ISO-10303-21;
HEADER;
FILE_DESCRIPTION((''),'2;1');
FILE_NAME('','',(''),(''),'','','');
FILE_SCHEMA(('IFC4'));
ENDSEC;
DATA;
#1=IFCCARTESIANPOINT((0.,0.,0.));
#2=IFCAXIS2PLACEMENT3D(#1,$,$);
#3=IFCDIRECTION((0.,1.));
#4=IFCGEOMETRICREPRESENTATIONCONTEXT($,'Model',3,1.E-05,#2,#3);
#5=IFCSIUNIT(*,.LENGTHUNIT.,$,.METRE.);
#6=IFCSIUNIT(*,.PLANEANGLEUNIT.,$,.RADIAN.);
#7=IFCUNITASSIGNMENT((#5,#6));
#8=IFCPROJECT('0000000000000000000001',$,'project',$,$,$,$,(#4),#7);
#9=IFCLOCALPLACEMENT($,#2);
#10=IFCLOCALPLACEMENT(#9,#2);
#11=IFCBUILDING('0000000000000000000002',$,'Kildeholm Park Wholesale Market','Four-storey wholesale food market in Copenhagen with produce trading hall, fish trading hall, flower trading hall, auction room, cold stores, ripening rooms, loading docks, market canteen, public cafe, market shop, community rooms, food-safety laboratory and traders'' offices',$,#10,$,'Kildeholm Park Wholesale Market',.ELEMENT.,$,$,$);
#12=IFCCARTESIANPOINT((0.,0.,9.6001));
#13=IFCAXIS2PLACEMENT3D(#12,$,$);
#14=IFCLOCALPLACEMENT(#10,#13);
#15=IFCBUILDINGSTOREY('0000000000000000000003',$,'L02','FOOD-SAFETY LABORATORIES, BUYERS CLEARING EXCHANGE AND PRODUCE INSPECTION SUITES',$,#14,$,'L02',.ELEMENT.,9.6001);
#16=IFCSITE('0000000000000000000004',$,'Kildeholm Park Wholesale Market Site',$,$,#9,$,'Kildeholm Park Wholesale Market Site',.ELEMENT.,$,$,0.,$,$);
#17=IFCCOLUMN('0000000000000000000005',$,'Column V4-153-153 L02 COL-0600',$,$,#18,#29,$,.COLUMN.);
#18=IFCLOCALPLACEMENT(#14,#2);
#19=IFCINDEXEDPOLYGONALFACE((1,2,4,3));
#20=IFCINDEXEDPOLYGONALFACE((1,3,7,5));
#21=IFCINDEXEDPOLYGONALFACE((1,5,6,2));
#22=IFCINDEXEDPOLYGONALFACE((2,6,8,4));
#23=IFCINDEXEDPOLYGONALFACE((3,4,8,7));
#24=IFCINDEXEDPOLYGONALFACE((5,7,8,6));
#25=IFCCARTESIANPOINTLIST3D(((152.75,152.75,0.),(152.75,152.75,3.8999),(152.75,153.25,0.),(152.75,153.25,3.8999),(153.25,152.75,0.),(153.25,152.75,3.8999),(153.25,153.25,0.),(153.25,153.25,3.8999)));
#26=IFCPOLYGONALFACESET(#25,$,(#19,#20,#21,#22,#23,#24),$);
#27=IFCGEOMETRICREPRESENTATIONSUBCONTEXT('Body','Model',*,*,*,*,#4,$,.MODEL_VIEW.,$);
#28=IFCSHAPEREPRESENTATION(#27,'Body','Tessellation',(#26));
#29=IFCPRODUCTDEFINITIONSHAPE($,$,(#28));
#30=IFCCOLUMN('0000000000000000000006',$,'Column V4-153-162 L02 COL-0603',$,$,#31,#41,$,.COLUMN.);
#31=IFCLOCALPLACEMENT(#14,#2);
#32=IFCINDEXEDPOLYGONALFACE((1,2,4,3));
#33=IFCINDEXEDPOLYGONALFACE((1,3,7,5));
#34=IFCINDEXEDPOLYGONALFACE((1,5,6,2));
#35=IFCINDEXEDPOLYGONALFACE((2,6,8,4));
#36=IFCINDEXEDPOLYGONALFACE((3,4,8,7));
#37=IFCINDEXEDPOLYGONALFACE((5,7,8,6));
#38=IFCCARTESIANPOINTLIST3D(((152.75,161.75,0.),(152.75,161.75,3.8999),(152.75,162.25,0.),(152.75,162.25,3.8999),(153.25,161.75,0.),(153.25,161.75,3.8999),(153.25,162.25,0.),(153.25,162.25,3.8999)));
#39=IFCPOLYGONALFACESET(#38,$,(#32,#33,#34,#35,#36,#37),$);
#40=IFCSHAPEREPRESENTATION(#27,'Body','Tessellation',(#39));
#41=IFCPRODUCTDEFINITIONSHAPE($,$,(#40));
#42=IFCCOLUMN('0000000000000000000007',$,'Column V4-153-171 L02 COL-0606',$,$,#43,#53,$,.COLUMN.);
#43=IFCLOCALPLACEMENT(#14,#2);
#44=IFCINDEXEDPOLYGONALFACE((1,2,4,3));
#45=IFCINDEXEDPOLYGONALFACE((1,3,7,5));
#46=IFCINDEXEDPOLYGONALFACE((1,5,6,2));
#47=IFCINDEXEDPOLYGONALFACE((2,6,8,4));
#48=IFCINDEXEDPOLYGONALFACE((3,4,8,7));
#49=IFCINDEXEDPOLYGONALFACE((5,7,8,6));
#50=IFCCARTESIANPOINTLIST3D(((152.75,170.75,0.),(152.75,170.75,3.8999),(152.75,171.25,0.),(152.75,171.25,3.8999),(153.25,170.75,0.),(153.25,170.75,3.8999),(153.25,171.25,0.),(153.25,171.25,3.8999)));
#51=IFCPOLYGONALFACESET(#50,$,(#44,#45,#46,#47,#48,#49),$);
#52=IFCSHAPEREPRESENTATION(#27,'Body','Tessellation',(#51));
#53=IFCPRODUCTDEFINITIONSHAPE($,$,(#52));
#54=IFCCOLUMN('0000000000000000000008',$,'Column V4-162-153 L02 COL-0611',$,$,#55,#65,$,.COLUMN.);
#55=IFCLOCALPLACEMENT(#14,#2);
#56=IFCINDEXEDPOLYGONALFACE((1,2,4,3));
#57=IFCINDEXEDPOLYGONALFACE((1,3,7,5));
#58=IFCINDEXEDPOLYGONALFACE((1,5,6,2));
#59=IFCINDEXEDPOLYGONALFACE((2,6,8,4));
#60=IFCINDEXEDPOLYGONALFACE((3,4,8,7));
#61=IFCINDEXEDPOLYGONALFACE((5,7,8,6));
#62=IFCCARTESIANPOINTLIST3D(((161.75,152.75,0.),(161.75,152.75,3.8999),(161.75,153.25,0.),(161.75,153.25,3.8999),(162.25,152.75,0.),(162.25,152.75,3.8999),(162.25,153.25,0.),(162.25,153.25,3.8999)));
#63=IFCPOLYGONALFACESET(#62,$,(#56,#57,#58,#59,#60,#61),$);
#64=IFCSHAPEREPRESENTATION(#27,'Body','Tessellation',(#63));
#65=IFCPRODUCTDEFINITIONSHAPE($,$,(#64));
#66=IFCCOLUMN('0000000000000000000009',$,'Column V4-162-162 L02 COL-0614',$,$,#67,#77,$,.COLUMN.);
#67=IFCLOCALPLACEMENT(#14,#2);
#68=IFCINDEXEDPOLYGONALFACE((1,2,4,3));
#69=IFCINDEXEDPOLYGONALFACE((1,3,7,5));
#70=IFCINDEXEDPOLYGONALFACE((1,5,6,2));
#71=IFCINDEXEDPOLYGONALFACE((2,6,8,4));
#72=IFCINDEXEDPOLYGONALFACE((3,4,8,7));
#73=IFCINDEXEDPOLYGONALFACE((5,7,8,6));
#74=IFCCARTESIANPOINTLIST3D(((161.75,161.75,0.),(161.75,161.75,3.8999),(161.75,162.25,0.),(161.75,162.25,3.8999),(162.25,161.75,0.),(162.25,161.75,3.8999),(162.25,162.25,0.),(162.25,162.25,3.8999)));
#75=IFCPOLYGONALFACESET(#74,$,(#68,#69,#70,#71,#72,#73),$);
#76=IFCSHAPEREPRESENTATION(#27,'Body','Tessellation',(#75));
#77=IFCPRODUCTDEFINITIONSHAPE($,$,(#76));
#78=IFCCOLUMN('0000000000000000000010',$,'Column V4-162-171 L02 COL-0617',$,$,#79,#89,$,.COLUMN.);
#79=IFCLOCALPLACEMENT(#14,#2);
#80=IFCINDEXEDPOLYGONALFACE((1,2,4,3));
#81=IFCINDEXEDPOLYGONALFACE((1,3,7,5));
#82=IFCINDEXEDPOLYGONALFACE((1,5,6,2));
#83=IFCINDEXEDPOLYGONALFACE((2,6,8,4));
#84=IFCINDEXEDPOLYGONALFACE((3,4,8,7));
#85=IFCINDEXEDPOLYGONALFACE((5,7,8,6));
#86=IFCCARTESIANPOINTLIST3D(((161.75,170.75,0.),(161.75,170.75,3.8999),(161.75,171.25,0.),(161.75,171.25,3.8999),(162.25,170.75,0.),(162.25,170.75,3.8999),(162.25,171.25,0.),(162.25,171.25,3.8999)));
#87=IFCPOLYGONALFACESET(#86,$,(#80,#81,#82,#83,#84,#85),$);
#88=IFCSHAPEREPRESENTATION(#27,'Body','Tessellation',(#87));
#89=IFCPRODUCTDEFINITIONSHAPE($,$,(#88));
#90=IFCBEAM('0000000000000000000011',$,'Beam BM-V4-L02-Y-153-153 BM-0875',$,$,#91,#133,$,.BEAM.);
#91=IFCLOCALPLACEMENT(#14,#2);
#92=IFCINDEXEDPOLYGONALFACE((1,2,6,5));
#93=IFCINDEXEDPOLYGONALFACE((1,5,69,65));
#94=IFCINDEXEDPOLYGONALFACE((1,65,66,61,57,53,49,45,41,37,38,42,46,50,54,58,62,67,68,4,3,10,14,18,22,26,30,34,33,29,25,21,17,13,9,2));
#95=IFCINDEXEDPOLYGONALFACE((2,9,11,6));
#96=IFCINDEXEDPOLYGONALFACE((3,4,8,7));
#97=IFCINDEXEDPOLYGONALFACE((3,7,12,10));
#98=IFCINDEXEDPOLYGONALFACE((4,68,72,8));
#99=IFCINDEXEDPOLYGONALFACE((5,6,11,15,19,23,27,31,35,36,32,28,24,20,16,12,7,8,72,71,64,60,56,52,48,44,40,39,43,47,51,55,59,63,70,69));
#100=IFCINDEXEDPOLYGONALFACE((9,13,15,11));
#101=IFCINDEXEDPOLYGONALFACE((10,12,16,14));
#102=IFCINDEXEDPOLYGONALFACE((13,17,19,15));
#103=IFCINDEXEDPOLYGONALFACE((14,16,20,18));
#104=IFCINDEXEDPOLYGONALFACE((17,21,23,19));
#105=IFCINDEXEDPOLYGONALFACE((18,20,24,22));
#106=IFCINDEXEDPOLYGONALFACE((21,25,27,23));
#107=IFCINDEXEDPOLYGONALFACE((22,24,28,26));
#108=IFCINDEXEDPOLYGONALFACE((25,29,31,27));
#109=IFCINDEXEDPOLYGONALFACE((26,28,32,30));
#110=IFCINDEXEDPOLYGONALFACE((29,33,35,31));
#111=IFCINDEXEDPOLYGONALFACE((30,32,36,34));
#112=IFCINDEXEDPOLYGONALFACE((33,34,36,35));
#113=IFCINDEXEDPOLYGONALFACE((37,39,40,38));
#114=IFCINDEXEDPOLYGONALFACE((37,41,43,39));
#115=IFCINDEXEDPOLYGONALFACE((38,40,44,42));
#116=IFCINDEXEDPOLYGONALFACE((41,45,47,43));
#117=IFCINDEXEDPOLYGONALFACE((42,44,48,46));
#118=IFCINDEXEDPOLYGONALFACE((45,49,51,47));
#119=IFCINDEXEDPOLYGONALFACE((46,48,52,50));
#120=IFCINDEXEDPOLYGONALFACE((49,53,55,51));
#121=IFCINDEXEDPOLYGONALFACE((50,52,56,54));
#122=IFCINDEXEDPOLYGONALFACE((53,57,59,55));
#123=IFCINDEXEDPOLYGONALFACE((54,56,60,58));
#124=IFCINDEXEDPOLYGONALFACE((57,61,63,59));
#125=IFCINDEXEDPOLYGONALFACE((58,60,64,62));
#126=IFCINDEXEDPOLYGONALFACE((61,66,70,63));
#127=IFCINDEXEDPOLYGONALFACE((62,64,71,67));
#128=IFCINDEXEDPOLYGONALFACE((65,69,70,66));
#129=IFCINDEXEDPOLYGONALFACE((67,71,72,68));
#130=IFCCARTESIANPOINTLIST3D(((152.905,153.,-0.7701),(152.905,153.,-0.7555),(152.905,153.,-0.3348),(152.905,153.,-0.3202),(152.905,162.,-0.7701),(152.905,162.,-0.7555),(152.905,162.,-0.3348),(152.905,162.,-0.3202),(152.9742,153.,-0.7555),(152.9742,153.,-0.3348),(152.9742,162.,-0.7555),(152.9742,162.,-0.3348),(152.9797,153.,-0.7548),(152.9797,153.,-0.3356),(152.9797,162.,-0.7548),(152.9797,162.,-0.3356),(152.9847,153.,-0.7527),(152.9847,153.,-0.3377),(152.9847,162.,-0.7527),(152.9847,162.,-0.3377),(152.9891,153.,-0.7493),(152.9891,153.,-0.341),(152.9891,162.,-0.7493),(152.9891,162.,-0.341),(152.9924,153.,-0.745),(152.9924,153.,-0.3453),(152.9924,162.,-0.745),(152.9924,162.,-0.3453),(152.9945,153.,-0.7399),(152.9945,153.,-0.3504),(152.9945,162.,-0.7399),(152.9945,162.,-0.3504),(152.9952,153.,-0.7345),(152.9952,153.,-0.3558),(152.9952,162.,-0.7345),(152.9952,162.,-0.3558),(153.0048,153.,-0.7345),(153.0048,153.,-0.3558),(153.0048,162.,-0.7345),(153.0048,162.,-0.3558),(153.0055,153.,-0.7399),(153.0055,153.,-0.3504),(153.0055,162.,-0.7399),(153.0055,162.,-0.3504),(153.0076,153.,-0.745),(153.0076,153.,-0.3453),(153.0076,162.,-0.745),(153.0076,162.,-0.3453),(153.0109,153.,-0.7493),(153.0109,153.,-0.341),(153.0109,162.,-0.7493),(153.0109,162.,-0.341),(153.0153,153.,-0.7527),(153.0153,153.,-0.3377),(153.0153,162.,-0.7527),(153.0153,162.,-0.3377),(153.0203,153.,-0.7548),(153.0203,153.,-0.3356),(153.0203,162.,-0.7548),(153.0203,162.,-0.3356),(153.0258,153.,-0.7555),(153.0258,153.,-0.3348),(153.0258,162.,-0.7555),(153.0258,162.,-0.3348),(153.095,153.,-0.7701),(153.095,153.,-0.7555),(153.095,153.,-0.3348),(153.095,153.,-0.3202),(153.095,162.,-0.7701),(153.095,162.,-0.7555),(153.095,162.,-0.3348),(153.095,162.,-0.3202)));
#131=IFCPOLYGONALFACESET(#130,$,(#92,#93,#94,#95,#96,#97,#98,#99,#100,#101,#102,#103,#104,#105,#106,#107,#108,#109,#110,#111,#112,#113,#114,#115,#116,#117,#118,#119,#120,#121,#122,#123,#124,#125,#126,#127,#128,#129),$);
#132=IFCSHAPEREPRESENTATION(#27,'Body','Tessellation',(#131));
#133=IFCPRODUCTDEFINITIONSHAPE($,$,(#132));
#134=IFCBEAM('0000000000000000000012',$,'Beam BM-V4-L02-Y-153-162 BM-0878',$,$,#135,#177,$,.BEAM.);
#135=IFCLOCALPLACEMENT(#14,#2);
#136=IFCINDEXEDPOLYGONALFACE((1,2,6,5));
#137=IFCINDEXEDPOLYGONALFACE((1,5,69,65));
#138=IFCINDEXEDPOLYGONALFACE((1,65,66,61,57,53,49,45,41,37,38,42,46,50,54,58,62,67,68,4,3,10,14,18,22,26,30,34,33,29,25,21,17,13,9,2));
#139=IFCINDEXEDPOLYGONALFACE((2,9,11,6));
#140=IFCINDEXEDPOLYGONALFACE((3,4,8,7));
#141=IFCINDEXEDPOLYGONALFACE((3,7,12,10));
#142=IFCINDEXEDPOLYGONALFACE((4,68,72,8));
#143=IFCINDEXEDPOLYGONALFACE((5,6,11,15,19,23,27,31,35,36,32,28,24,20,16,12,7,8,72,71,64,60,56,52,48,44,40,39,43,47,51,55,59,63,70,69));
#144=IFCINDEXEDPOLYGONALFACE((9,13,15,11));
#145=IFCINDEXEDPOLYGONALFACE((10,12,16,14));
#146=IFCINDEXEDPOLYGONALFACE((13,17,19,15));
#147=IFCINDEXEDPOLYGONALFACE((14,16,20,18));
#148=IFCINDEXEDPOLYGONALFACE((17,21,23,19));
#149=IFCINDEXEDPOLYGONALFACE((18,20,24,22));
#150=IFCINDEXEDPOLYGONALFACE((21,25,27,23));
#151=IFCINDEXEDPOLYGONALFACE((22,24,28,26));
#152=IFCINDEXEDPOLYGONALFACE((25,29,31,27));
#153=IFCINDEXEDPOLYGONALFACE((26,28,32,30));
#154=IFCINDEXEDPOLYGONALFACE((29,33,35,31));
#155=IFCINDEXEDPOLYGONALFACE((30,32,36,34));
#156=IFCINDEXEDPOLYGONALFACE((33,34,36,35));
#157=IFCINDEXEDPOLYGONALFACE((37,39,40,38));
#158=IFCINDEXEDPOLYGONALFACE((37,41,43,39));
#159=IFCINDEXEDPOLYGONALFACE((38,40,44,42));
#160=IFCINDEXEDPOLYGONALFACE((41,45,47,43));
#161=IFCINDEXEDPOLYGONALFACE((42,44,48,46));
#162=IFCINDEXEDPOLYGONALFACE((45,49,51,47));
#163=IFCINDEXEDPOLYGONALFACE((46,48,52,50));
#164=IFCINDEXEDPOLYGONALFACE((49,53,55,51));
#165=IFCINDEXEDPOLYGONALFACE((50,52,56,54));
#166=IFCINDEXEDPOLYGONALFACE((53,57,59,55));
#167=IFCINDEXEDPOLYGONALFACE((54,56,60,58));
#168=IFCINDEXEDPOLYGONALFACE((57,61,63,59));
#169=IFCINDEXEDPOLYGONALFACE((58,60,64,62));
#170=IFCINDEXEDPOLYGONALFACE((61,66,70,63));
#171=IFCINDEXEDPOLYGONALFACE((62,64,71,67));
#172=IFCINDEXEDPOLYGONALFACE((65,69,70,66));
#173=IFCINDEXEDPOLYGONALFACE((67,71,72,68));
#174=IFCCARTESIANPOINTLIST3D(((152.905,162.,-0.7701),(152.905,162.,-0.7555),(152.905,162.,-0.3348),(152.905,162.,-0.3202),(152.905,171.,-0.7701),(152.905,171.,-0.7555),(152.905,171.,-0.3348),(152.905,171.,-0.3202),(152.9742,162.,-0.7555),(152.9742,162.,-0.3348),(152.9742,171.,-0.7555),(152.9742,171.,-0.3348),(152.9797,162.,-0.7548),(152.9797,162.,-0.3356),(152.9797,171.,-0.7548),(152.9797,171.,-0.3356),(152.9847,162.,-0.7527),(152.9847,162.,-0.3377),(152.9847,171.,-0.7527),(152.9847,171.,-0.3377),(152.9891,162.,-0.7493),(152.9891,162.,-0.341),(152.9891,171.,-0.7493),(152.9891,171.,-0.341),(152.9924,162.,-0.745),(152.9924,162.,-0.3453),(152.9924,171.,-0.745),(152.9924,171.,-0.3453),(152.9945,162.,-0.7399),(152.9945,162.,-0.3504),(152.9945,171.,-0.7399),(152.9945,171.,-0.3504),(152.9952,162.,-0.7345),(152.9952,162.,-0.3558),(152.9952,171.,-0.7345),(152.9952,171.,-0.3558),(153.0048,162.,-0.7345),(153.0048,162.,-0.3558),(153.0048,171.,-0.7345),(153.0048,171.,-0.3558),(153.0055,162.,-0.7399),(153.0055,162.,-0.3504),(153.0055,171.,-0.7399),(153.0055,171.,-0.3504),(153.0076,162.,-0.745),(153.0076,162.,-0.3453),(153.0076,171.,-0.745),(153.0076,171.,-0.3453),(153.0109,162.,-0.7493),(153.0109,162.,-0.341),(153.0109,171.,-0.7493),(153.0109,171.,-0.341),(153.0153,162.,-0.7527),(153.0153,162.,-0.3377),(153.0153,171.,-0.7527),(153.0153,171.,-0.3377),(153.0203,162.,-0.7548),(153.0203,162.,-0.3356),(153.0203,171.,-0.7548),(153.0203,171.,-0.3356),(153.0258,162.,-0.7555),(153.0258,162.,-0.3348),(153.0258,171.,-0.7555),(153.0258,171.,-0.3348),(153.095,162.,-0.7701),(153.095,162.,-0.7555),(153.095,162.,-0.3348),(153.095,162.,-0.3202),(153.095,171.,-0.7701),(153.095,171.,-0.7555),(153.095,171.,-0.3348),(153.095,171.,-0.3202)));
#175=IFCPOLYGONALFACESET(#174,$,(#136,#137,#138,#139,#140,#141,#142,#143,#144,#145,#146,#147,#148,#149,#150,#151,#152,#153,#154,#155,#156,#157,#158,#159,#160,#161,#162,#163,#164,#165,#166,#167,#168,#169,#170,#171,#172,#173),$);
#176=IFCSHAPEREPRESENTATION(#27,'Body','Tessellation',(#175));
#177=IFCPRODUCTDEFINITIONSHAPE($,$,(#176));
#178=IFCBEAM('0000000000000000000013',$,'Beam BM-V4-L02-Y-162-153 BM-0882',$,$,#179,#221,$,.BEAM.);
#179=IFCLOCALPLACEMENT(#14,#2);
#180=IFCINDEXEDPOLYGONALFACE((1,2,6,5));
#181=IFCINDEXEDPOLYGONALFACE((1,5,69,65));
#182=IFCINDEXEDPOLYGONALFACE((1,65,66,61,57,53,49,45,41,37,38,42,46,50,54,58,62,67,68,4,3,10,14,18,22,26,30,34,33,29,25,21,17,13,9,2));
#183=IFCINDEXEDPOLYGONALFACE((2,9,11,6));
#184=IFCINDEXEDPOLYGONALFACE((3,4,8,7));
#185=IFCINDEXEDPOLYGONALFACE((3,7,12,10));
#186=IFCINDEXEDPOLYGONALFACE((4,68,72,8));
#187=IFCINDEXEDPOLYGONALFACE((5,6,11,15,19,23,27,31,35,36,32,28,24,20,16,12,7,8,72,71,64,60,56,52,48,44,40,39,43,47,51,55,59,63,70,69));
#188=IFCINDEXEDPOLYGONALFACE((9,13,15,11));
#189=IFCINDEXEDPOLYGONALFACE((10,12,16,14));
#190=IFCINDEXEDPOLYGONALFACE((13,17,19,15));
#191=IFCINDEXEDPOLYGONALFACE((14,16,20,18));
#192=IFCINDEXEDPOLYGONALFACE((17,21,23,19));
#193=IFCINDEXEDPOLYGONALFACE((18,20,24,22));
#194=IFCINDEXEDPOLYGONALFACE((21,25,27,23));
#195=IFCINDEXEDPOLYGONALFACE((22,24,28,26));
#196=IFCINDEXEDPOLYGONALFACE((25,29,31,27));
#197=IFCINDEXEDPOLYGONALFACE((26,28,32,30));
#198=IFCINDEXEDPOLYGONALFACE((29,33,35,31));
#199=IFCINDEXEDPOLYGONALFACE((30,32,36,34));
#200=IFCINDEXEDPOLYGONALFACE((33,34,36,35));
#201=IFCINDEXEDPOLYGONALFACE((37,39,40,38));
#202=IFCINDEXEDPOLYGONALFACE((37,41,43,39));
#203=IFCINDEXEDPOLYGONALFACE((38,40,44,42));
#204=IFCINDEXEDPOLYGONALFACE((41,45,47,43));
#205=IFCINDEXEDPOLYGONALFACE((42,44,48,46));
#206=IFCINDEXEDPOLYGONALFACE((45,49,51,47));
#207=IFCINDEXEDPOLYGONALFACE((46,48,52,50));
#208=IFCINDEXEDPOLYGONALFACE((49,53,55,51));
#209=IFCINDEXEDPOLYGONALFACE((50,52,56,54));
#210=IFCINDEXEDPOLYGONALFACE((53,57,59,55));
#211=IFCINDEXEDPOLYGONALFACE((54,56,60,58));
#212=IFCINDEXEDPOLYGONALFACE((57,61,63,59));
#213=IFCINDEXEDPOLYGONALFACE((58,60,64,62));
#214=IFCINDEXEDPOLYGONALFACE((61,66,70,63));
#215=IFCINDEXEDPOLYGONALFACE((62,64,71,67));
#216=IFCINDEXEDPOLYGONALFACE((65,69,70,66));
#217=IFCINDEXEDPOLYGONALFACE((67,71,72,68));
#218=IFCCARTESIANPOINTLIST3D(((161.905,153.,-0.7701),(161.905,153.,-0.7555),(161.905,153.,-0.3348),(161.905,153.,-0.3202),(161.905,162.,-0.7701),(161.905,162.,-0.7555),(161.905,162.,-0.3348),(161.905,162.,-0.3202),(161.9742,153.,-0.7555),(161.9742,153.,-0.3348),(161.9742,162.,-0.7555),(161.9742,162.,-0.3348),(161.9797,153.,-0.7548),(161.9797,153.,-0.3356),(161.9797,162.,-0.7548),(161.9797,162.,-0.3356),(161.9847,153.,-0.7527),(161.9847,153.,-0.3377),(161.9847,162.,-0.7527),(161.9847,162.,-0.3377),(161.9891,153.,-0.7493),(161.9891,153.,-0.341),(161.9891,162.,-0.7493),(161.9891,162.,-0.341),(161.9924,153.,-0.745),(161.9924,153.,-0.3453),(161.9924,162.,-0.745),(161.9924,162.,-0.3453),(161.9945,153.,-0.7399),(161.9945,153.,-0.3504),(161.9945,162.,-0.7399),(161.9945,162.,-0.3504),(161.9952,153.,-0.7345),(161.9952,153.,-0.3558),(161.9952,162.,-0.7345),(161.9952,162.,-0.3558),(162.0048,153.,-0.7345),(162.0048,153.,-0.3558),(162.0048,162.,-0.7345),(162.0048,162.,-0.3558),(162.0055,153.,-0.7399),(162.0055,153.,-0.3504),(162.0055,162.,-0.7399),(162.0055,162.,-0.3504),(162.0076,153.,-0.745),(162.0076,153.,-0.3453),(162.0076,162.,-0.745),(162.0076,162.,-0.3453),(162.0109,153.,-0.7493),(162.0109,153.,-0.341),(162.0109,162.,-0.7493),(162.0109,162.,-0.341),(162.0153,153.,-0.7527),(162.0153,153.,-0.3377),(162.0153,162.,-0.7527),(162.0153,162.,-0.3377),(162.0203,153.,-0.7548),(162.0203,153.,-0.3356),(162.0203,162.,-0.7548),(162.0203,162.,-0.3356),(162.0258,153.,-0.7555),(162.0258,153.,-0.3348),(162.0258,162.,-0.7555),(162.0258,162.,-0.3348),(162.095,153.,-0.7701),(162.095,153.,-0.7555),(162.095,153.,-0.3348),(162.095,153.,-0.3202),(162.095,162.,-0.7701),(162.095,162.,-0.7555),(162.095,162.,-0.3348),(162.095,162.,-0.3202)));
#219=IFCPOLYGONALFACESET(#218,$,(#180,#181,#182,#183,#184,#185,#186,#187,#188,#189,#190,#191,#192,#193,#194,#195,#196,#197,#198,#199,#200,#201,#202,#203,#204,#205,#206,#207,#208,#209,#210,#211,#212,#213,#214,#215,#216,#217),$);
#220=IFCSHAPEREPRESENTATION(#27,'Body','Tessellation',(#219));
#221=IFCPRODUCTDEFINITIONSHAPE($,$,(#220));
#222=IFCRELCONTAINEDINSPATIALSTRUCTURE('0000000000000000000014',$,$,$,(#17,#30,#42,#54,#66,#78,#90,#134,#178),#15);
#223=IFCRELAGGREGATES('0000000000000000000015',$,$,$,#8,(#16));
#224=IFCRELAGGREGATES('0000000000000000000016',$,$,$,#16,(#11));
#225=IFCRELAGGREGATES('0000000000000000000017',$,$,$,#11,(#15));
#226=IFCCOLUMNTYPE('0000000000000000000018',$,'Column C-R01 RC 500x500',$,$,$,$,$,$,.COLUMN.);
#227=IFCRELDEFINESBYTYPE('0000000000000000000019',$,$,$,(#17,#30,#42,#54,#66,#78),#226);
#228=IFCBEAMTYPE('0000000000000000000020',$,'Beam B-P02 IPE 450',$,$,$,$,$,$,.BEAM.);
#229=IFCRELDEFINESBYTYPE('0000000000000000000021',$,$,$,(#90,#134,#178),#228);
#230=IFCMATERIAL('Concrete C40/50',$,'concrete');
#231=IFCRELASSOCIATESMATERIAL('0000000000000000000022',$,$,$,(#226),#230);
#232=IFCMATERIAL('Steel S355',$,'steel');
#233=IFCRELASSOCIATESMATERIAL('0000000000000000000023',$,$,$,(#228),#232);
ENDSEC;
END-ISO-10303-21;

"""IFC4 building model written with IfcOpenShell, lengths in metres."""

from ifc_helpers import new_model, si_unit, direction, frame, origin, origin_2d, place, context, subcontext, project, spatial, rectangle, i_section, extrude, material, material_profile, profile_set, type_object, element, save


model = new_model("IFC4")

# Units and contexts
model_context = context("Model", 3, precision=1e-05, world=origin(), true_north=direction((0.0, 1.0)))
body_context = subcontext(model_context, "Body", "Model", "MODEL_VIEW")
ifc_project = project(units=[si_unit("LENGTHUNIT", "METRE"), si_unit("PLANEANGLEUNIT", "RADIAN")], contexts=[model_context])

# Site, building, storey
site_placement = place(None, origin())
site = spatial("IfcSite", under=ifc_project, at=site_placement, Name="Kildeholm Park Wholesale Market Site", LongName="Kildeholm Park Wholesale Market Site", CompositionType="ELEMENT", RefElevation=0.0)
building_placement = place(site_placement, origin())
building = spatial("IfcBuilding", under=site, at=building_placement, Name="Kildeholm Park Wholesale Market", Description="Four-storey wholesale food market in Copenhagen with produce trading hall, fish trading hall, flower trading hall, auction room, cold stores, ripening rooms, loading docks, market canteen, public cafe, market shop, community rooms, food-safety laboratory and traders' offices", LongName="Kildeholm Park Wholesale Market", CompositionType="ELEMENT")
storey_placement = place(building_placement, frame((0.0, 0.0, 9.6001)))
storey = spatial("IfcBuildingStorey", under=building, at=storey_placement, Name="L02", Description="FOOD-SAFETY LABORATORIES, BUYERS CLEARING EXCHANGE AND PRODUCE INSPECTION SUITES", LongName="L02", CompositionType="ELEMENT", Elevation=9.6001)

# Columns
ifc_material_1 = material(Name="Concrete C40/50", Category="concrete")
ifc_material_profile_1 = material_profile(ifc_material_1, rectangle(XDim=0.5, YDim=0.5, at=origin_2d()), Name="RC 500x500")
ifc_profile_set_1 = profile_set([ifc_material_profile_1], Name="Concrete C40/50")
column_type = type_object("IfcColumnType", Name="Column C-R01 RC 500x500", PredefinedType="COLUMN", material=ifc_profile_set_1)
for number, where, z_axis, x_axis, name in (
    (1, (153.0, 153.0, 0.0), (0.0, 0.0, 1.0), (1.0, 0.0, 0.0), "Column V4-153-153 L02 COL-0600"),
    (2, (153.0, 162.0, 0.0), (0.0, 0.0, 1.0), (1.0, 0.0, 0.0), "Column V4-153-162 L02 COL-0603"),
    (3, (153.0, 171.0, 0.0), (0.0, 0.0, 1.0), (1.0, 0.0, 0.0), "Column V4-153-171 L02 COL-0606"),
    (4, (162.0, 153.0, 0.0), (0.0, 0.0, 1.0), (1.0, 0.0, 0.0), "Column V4-162-153 L02 COL-0611"),
    (5, (162.0, 162.0, 0.0), (0.0, 0.0, 1.0), (1.0, 0.0, 0.0), "Column V4-162-162 L02 COL-0614"),
    (6, (162.0, 171.0, 0.0), (0.0, 0.0, 1.0), (1.0, 0.0, 0.0), "Column V4-162-171 L02 COL-0617"),
):
    element("IfcColumn", number, at=place(storey_placement, frame(where, z_axis=z_axis, x_axis=x_axis)), inside=storey, type_object=column_type, Name=name, PredefinedType="COLUMN", context=body_context, shape_type="SweptSolid", body=[
        extrude(rectangle(XDim=0.5, YDim=0.5, at=origin_2d()), origin(), (0.0, 0.0, 1.0), 3.8999),
    ])

# Beams
ifc_material_2 = material(Name="Steel S355", Category="steel")
ifc_material_profile_2 = material_profile(ifc_material_2, i_section(OverallWidth=0.1899, OverallDepth=0.45, WebThickness=0.0095, FlangeThickness=0.0146, FilletRadius=0.021, at=origin_2d()), Name="IPE 450")
ifc_profile_set_2 = profile_set([ifc_material_profile_2], Name="Steel S355")
beam_type_1 = type_object("IfcBeamType", Name="Beam B-P02 IPE 450", PredefinedType="BEAM", material=ifc_profile_set_2)
for number, where, z_axis, x_axis, name in (
    (7, (153.0, 153.0, -0.5452), (0.0, 1.0, 0.0), (-1.0, 0.0, 0.0), "Beam BM-V4-L02-Y-153-153 BM-0875"),
    (8, (153.0, 162.0, -0.5452), (0.0, 1.0, 0.0), (-1.0, 0.0, 0.0), "Beam BM-V4-L02-Y-153-162 BM-0878"),
    (9, (162.0, 153.0, -0.5452), (0.0, 1.0, 0.0), (-1.0, 0.0, 0.0), "Beam BM-V4-L02-Y-162-153 BM-0882"),
):
    element("IfcBeam", number, at=place(storey_placement, frame(where, z_axis=z_axis, x_axis=x_axis)), inside=storey, type_object=beam_type_1, Name=name, PredefinedType="BEAM", context=body_context, shape_type="SweptSolid", body=[
        extrude(i_section(OverallWidth=0.1899, OverallDepth=0.45, WebThickness=0.0095, FlangeThickness=0.0146, FilletRadius=0.021, at=origin_2d()), origin(), (0.0, 0.0, 1.0), 9.0),
    ])

save(model, "model.ifc")
